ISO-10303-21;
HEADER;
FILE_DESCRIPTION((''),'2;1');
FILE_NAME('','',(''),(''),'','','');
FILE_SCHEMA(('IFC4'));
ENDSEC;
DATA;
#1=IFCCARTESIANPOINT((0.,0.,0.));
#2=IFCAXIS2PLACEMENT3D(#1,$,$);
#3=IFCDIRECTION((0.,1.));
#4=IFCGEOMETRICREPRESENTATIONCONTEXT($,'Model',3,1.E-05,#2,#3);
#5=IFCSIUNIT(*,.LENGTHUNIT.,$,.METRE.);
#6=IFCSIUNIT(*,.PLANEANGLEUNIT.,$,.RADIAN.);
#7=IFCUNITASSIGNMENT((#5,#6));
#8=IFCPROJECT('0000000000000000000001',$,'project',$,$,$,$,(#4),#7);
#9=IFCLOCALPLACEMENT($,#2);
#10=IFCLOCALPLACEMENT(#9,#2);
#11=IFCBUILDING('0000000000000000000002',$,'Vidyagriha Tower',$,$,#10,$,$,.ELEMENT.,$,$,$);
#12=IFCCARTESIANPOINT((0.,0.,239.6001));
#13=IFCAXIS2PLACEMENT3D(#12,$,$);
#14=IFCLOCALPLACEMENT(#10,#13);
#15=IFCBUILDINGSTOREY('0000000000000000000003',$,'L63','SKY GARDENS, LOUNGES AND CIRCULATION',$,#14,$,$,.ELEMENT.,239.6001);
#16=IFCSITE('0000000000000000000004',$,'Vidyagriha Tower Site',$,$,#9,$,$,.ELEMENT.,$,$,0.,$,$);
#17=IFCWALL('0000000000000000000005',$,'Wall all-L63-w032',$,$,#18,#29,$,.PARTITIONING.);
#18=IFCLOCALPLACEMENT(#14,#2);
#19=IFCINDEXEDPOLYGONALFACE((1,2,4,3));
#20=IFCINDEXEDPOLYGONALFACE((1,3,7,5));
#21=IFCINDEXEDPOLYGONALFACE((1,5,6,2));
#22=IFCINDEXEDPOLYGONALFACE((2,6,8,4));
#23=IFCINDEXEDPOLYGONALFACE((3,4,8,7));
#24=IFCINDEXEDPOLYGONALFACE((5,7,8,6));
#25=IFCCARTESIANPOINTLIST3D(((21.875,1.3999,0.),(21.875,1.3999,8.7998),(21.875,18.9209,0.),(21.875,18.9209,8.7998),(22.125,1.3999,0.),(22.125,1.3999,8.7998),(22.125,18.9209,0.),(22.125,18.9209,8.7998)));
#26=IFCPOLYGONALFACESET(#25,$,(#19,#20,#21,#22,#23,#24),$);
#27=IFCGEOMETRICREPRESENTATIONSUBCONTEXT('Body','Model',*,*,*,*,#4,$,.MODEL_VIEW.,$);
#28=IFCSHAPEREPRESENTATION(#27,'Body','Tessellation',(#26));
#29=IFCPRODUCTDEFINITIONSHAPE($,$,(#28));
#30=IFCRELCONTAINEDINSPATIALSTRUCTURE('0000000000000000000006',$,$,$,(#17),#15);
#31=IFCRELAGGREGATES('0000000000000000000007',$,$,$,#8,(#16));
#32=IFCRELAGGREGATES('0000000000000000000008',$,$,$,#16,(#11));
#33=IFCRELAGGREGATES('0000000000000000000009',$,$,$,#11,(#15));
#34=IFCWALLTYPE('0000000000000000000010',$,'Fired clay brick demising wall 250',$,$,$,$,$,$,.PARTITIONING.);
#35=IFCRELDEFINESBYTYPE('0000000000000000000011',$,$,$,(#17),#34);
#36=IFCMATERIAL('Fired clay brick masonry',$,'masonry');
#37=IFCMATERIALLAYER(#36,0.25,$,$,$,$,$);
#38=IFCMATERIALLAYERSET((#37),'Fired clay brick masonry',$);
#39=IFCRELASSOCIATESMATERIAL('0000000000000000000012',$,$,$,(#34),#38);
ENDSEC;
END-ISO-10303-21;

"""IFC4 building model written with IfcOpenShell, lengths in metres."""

from ifc_helpers import new_model, si_unit, direction, frame, frame_2d, origin, place, context, subcontext, project, spatial, rectangle, extrude, material, layer, layer_set, type_object, element, save


model = new_model("IFC4")

# Units and contexts
model_context = context("Model", 3, precision=1e-05, world=origin(), true_north=direction((0.0, 1.0)))
body_context = subcontext(model_context, "Body", "Model", "MODEL_VIEW")
ifc_project = project(units=[si_unit("LENGTHUNIT", "METRE"), si_unit("PLANEANGLEUNIT", "RADIAN")], contexts=[model_context])

# Site, building, storey
site_placement = place(None, origin())
site = spatial("IfcSite", under=ifc_project, at=site_placement, Name="Vidyagriha Tower Site", CompositionType="ELEMENT", RefElevation=0.0)
building_placement = place(site_placement, origin())
building = spatial("IfcBuilding", under=site, at=building_placement, Name="Vidyagriha Tower", CompositionType="ELEMENT")
storey_placement = place(building_placement, frame((0.0, 0.0, 239.6001)))
storey = spatial("IfcBuildingStorey", under=building, at=storey_placement, Name="L63", Description="SKY GARDENS, LOUNGES AND CIRCULATION", CompositionType="ELEMENT", Elevation=239.6001)

# Wall
ifc_material_1 = material(Name="Fired clay brick masonry", Category="masonry")
ifc_layer_1 = layer(ifc_material_1, 0.25)
ifc_layer_set_1 = layer_set([ifc_layer_1], Name="Fired clay brick masonry")
wall_type_1 = type_object("IfcWallType", Name="Fired clay brick demising wall 250", PredefinedType="PARTITIONING", material=ifc_layer_set_1)
wall_1_placement = place(storey_placement, frame((22.0, 18.9209, 0.0), z_axis=(0.0, 0.0, 1.0), x_axis=(0.0, -1.0, 0.0)))
element("IfcWall", 1, at=wall_1_placement, inside=storey, type_object=wall_type_1, Name="Wall all-L63-w032", PredefinedType="PARTITIONING", context=body_context, shape_type="SweptSolid", body=[
    extrude(rectangle(XDim=17.521, YDim=0.25, at=frame_2d((8.7605, 0.0))), origin(), (0.0, 0.0, 1.0), 8.7998),
])

save(model, "model.ifc")
